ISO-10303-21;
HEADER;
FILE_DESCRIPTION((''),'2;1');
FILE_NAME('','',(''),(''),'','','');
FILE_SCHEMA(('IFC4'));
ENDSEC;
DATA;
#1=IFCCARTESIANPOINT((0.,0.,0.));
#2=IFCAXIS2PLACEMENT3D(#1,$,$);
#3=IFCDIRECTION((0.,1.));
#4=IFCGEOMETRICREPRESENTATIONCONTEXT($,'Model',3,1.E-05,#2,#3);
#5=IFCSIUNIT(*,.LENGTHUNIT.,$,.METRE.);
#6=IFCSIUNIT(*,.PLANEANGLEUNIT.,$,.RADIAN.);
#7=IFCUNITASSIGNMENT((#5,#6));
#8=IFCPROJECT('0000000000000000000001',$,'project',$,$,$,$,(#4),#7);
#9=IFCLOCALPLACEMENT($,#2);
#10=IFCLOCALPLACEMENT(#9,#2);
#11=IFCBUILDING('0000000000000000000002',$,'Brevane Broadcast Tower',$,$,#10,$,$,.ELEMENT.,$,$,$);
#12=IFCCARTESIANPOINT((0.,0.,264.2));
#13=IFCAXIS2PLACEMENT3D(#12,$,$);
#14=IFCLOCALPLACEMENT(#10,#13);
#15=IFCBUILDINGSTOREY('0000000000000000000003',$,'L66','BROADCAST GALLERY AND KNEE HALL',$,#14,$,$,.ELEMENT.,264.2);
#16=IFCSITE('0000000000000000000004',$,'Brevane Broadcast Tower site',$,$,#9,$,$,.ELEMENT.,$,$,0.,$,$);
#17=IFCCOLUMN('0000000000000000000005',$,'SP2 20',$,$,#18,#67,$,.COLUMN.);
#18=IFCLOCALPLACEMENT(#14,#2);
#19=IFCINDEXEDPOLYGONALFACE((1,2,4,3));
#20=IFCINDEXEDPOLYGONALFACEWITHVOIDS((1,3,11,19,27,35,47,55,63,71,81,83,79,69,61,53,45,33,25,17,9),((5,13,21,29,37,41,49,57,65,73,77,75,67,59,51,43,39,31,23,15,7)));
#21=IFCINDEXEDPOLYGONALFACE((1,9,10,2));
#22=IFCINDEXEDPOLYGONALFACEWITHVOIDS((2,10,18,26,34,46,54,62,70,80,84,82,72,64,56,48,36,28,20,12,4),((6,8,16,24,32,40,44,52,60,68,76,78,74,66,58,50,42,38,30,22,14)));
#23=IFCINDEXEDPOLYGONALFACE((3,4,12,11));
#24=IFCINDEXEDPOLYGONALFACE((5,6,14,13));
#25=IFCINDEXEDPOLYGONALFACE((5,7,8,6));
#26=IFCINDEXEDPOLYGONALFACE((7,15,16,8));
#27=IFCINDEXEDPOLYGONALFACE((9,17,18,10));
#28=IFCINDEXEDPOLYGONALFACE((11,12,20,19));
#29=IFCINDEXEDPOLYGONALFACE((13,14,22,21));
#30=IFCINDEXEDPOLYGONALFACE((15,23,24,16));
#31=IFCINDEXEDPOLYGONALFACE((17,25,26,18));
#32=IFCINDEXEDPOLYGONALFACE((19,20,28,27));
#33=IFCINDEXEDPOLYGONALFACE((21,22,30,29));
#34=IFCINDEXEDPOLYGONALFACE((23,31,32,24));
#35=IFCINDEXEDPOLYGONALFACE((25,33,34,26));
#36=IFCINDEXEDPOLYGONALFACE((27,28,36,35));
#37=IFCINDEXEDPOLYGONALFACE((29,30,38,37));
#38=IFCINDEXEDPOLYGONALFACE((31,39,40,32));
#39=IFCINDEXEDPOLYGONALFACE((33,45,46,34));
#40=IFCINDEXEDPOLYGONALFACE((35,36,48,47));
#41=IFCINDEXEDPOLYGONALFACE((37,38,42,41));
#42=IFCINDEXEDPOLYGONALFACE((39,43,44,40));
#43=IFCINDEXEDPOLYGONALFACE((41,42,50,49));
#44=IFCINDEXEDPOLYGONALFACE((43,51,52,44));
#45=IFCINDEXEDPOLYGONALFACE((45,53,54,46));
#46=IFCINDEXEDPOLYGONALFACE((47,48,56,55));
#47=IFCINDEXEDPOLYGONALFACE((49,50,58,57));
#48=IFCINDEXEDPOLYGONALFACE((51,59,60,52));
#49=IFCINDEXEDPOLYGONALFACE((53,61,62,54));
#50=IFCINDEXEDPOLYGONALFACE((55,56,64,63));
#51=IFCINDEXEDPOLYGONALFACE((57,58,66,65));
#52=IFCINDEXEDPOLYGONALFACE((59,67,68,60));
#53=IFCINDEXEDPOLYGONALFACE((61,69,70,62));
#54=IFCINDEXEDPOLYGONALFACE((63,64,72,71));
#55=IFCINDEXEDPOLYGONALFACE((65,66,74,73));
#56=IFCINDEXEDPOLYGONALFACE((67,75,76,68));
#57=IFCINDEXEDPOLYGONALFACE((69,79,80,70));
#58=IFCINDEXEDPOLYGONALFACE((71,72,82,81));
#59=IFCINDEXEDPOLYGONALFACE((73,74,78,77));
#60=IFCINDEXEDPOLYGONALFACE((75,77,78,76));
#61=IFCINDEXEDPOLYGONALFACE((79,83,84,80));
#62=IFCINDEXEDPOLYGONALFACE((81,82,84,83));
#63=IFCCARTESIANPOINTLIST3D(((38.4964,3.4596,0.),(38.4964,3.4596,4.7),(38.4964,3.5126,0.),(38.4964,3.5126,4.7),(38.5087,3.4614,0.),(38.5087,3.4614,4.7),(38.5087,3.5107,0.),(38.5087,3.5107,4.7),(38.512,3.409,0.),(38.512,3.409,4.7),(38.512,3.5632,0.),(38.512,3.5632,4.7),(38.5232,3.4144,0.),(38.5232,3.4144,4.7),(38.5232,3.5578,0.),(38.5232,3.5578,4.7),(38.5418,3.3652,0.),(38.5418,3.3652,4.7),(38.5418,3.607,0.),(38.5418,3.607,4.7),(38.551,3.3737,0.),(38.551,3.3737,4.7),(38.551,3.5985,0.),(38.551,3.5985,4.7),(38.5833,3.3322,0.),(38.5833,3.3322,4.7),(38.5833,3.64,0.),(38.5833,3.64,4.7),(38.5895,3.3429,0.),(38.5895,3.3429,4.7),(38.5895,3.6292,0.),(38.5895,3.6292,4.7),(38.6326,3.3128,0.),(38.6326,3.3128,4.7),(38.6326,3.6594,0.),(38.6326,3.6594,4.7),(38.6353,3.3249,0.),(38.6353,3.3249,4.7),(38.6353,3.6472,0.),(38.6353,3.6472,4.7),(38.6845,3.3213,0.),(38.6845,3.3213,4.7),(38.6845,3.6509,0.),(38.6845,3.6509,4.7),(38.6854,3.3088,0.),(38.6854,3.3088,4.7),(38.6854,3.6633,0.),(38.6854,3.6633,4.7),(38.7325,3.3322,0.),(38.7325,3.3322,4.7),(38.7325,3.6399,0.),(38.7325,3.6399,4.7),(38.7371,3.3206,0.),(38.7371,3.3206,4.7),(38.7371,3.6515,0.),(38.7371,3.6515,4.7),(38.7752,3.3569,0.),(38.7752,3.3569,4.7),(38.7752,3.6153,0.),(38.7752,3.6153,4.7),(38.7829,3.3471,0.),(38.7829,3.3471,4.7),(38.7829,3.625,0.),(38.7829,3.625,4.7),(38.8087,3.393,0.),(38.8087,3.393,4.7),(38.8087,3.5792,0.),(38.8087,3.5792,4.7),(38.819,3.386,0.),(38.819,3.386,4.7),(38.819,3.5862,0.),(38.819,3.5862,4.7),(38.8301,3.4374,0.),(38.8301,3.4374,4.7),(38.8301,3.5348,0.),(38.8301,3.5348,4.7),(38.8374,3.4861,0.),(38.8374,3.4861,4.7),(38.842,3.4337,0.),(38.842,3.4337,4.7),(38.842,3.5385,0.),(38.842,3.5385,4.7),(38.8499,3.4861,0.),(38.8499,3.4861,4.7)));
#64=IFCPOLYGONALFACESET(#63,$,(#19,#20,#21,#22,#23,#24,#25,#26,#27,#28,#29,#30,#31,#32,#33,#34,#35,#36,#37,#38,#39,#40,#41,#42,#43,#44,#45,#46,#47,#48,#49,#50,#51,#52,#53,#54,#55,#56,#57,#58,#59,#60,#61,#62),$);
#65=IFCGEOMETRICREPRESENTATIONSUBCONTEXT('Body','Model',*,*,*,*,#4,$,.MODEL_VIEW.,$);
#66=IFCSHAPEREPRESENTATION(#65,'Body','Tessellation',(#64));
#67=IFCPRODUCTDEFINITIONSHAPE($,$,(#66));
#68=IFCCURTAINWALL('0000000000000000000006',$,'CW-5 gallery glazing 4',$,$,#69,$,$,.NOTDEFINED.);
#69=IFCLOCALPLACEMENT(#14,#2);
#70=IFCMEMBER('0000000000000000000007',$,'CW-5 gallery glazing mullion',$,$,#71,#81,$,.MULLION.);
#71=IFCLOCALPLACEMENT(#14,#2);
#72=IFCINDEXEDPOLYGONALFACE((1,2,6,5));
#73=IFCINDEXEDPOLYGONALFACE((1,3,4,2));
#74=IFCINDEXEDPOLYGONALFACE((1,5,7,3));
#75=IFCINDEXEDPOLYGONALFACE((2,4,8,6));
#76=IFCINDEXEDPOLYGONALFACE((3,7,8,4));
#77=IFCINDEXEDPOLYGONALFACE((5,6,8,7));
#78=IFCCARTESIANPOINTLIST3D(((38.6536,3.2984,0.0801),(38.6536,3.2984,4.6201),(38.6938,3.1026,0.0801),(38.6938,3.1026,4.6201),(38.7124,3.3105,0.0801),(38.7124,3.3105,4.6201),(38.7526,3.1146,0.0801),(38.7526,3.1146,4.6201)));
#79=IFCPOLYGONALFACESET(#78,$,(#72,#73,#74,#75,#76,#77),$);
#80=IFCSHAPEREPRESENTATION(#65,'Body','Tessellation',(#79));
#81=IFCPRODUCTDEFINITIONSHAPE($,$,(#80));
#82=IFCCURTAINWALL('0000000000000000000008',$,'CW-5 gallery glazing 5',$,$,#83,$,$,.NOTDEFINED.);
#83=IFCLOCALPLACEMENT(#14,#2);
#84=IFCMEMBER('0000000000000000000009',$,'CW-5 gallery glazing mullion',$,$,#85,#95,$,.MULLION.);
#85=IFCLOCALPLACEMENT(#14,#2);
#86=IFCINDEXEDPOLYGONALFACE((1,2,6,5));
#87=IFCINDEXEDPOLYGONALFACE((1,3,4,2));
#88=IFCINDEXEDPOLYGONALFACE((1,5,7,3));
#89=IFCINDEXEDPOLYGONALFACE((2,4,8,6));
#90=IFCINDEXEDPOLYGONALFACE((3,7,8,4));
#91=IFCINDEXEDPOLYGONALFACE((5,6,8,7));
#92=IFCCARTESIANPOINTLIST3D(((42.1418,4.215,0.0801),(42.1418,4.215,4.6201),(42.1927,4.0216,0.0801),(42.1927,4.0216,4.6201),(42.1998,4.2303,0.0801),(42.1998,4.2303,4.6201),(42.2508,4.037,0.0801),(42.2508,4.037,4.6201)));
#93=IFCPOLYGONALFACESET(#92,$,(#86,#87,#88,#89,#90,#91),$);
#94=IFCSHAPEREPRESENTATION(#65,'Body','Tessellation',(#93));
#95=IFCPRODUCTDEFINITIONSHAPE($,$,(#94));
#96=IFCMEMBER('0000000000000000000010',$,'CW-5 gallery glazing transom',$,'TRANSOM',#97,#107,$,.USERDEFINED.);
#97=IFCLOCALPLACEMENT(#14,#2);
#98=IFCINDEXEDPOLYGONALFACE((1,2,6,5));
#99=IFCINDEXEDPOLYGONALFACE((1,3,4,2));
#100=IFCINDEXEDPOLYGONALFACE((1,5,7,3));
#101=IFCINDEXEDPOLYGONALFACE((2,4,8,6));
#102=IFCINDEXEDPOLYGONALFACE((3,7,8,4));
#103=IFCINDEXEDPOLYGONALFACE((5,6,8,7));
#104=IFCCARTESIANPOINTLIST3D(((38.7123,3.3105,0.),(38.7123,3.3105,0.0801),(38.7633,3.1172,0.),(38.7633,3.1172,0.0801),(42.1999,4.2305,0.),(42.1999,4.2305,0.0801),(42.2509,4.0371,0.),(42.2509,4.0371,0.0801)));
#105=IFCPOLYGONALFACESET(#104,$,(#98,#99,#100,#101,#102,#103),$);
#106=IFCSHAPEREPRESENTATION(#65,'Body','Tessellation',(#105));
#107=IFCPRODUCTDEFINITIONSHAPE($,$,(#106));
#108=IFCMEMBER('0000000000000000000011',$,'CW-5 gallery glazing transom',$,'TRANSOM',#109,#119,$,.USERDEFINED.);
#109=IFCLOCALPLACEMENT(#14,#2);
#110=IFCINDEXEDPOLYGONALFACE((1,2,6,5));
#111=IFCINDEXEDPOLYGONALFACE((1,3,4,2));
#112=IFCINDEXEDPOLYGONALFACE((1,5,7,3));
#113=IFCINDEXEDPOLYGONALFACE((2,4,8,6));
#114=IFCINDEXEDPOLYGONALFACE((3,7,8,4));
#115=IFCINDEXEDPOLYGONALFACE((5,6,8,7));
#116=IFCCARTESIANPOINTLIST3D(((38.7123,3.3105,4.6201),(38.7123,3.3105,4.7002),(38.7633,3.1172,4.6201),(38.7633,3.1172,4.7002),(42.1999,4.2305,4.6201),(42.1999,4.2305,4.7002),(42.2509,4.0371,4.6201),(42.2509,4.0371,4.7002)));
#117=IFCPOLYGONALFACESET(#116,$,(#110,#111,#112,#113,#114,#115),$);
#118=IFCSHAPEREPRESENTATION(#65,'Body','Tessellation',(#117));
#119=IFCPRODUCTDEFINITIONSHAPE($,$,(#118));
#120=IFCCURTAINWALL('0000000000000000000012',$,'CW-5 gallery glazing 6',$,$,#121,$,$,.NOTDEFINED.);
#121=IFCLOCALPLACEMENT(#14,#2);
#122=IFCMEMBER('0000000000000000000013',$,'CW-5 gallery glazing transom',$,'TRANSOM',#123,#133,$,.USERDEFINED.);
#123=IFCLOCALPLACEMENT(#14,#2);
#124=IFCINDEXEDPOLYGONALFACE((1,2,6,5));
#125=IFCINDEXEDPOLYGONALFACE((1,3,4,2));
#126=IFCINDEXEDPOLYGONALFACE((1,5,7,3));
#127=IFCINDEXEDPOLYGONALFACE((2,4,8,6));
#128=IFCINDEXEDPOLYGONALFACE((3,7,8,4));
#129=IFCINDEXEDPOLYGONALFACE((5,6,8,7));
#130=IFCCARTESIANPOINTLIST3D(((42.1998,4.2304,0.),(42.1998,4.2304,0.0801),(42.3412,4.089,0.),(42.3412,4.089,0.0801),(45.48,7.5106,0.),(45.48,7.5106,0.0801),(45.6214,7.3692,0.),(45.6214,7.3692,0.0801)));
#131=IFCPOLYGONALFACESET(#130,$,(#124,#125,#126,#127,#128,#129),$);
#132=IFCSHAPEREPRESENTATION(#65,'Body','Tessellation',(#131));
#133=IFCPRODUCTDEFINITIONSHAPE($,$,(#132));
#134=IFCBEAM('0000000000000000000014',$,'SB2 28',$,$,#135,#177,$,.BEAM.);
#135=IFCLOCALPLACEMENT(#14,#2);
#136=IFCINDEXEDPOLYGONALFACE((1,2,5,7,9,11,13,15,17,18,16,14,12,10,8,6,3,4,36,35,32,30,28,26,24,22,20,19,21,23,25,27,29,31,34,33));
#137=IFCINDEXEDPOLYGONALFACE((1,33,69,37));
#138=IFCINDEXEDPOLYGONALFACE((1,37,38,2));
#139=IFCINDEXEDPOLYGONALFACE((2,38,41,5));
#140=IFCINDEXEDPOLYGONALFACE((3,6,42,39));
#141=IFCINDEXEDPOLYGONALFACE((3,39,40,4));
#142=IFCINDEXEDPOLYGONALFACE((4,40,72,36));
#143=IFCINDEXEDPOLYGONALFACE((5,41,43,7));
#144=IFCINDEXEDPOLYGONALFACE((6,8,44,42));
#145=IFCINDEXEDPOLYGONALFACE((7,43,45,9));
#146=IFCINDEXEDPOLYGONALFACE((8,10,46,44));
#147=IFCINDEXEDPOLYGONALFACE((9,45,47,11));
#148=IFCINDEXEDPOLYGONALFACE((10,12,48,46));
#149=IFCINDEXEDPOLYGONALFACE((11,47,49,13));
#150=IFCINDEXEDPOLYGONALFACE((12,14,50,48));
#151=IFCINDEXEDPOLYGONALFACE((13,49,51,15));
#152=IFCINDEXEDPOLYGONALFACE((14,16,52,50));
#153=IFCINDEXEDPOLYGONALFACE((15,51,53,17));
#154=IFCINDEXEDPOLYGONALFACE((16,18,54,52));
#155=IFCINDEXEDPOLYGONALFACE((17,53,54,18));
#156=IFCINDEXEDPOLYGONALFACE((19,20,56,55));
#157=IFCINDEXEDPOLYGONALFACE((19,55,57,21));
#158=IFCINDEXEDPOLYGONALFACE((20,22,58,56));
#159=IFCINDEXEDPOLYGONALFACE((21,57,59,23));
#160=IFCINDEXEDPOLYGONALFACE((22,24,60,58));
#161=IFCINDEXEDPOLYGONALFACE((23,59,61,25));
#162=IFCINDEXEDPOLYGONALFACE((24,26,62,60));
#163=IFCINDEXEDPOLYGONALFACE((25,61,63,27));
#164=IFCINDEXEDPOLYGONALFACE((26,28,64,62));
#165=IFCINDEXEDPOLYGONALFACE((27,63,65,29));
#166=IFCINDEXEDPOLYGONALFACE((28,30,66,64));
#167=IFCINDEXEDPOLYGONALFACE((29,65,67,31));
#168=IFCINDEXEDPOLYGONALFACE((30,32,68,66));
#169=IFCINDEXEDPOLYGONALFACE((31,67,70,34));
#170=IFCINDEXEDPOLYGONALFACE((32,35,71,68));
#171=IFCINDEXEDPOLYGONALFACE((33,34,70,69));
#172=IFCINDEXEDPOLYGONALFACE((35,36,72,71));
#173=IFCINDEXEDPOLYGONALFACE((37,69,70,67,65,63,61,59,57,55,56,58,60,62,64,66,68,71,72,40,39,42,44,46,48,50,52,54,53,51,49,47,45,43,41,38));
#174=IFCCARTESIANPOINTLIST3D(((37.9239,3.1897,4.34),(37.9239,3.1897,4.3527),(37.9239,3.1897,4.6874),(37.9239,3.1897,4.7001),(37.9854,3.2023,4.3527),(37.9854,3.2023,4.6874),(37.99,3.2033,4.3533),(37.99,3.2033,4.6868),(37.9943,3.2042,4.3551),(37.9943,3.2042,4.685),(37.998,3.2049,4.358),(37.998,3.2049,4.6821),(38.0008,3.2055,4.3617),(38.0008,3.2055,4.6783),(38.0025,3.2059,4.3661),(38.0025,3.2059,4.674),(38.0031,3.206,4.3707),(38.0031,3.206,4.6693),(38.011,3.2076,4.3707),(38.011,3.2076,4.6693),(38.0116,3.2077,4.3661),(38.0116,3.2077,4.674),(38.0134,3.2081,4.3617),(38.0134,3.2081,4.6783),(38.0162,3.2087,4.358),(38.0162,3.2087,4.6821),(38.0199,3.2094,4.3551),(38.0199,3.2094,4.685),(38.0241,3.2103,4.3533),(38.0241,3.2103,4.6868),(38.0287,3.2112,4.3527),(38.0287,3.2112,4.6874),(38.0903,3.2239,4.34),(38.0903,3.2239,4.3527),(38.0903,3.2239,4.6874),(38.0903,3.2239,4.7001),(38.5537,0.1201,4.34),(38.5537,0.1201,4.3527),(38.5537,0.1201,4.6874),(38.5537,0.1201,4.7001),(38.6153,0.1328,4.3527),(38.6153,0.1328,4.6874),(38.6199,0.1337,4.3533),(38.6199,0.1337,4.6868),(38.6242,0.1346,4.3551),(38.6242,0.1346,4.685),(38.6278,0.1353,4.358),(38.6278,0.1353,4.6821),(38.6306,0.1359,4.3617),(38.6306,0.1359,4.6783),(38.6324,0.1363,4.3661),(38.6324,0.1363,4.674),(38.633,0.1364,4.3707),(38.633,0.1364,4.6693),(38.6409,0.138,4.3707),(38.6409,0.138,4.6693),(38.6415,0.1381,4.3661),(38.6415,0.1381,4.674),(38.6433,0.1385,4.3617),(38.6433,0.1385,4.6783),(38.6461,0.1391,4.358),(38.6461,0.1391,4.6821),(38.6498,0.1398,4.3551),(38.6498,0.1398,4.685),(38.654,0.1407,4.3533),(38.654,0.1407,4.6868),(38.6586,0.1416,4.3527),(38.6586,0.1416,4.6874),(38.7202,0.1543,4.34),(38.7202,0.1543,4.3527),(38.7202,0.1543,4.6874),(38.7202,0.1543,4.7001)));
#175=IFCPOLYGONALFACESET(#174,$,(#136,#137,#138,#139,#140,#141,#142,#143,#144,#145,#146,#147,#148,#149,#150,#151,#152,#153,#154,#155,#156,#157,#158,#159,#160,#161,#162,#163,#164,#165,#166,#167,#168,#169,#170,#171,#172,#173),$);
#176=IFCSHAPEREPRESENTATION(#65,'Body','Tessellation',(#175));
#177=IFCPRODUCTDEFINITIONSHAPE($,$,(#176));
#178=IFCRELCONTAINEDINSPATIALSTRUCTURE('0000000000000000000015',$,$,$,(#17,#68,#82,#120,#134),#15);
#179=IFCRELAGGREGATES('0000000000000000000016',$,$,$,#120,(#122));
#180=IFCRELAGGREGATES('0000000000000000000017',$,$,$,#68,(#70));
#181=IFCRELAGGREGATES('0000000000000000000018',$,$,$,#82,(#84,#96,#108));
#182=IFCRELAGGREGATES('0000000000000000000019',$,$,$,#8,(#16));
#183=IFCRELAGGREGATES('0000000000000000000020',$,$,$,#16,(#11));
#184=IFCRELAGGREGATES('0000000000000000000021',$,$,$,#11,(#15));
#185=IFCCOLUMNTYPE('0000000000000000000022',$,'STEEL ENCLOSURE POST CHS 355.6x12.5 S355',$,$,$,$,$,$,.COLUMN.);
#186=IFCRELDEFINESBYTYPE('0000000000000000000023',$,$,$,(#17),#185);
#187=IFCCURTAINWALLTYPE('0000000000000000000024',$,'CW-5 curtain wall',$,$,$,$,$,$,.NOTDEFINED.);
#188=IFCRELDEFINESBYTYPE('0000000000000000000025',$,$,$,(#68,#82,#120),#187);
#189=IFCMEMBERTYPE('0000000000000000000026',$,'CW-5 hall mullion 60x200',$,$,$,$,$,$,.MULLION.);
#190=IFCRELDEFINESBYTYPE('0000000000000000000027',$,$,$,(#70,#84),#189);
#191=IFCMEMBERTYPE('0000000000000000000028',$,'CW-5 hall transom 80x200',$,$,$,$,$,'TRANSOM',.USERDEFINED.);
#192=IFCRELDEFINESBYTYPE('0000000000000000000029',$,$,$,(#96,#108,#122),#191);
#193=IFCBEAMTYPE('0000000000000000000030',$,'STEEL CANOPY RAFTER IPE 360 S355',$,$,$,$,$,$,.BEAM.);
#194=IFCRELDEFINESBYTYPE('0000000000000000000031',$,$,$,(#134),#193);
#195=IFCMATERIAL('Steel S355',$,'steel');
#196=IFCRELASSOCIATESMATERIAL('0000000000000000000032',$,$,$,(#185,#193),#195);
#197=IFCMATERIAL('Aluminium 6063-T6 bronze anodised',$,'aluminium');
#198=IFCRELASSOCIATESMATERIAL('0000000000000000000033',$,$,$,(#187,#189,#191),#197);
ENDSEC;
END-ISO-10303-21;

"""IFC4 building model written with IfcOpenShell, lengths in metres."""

from ifc_helpers import new_model, si_unit, direction, frame, origin, origin_2d, place, context, subcontext, project, spatial, rectangle, hollow_circle, i_section, extrude, material, material_profile, profile_set, type_object, element, aggregate, save


model = new_model("IFC4")

# Units and contexts
model_context = context("Model", 3, precision=1e-05, world=origin(), true_north=direction((0.0, 1.0)))
body_context = subcontext(model_context, "Body", "Model", "MODEL_VIEW")
ifc_project = project(units=[si_unit("LENGTHUNIT", "METRE"), si_unit("PLANEANGLEUNIT", "RADIAN")], contexts=[model_context])

# Site, building, storey
site_placement = place(None, origin())
site = spatial("IfcSite", under=ifc_project, at=site_placement, Name="Brevane Broadcast Tower site", CompositionType="ELEMENT", RefElevation=0.0)
building_placement = place(site_placement, origin())
building = spatial("IfcBuilding", under=site, at=building_placement, Name="Brevane Broadcast Tower", CompositionType="ELEMENT")
storey_placement = place(building_placement, frame((0.0, 0.0, 264.2)))
storey = spatial("IfcBuildingStorey", under=building, at=storey_placement, Name="L66", Description="BROADCAST GALLERY AND KNEE HALL", CompositionType="ELEMENT", Elevation=264.2)

# Column
ifc_material_1 = material(Name="Steel S355", Category="steel")
ifc_material_profile_1 = material_profile(ifc_material_1, hollow_circle(Radius=0.1777, WallThickness=0.0125, at=origin_2d()), Name="CHS 355.6x12.5")
ifc_profile_set_1 = profile_set([ifc_material_profile_1], Name="Steel S355")
column_type = type_object("IfcColumnType", Name="STEEL ENCLOSURE POST CHS 355.6x12.5 S355", PredefinedType="COLUMN", material=ifc_profile_set_1)
column_placement = place(storey_placement, frame((38.6721, 3.4861, 0.0), z_axis=(0.0, 0.0, 1.0), x_axis=(1.0, 0.0, 0.0)))
element("IfcColumn", 1, at=column_placement, inside=storey, type_object=column_type, Name="SP2 20", PredefinedType="COLUMN", context=body_context, shape_type="SweptSolid", body=[
    extrude(hollow_circle(Radius=0.1777, WallThickness=0.0125, at=origin_2d()), origin(), (0.0, 0.0, 1.0), 4.7),
])

# Curtain wall, member
ifc_material_2 = material(Name="Aluminium 6063-T6 bronze anodised", Category="aluminium")
curtain_wall_type = type_object("IfcCurtainWallType", Name="CW-5 curtain wall", PredefinedType="NOTDEFINED", material=ifc_material_2)
curtain_wall_1_placement = place(storey_placement, origin())
curtain_wall_1 = element("IfcCurtainWall", 2, at=curtain_wall_1_placement, inside=storey, type_object=curtain_wall_type, Name="CW-5 gallery glazing 4", PredefinedType="NOTDEFINED")
ifc_material_profile_2 = material_profile(ifc_material_2, rectangle(XDim=0.2, YDim=0.0601, at=origin_2d()), Name="RECT 60x200")
ifc_profile_set_2 = profile_set([ifc_material_profile_2], Name="Aluminium 6063-T6 bronze anodised")
member_type_1 = type_object("IfcMemberType", Name="CW-5 hall mullion 60x200", PredefinedType="MULLION", material=ifc_profile_set_2)
member_1_placement = place(storey_placement, frame((38.7031, 3.2065, 0.0801), z_axis=(0.0, 0.0, 1.0), x_axis=(-0.201014, 0.979588, 0.0)))
member_1 = element("IfcMember", 3, at=member_1_placement, type_object=member_type_1, Name="CW-5 gallery glazing mullion", PredefinedType="MULLION", context=body_context, shape_type="SweptSolid", body=[
    extrude(rectangle(XDim=0.2, YDim=0.0601, at=origin_2d()), origin(), (0.0, 0.0, 1.0), 4.54),
])

# Curtain wall, members
curtain_wall_2_placement = place(storey_placement, origin())
curtain_wall_2 = element("IfcCurtainWall", 4, at=curtain_wall_2_placement, inside=storey, type_object=curtain_wall_type, Name="CW-5 gallery glazing 5", PredefinedType="NOTDEFINED")
member_2_placement = place(storey_placement, frame((42.1963, 4.126, 0.0801), z_axis=(0.0, 0.0, 1.0), x_axis=(-0.255031, 0.966933, 0.0)))
member_2 = element("IfcMember", 5, at=member_2_placement, type_object=member_type_1, Name="CW-5 gallery glazing mullion", PredefinedType="MULLION", context=body_context, shape_type="SweptSolid", body=[
    extrude(rectangle(XDim=0.2, YDim=0.0601, at=origin_2d()), origin(), (0.0, 0.0, 1.0), 4.54),
])
ifc_material_profile_3 = material_profile(ifc_material_2, rectangle(XDim=0.2, YDim=0.0801, at=origin_2d()), Name="RECT 80x200")
ifc_profile_set_3 = profile_set([ifc_material_profile_3], Name="Aluminium 6063-T6 bronze anodised")
member_type_2 = type_object("IfcMemberType", Name="CW-5 hall transom 80x200", ElementType="TRANSOM", PredefinedType="USERDEFINED", material=ifc_profile_set_3)
member_3_placement = place(storey_placement, frame((38.7378, 3.2139, 0.04), z_axis=(0.966928, 0.25505, 0.0), x_axis=(-0.25505, 0.966928, 0.0)))
member_3 = element("IfcMember", 6, at=member_3_placement, type_object=member_type_2, Name="CW-5 gallery glazing transom", ObjectType="TRANSOM", PredefinedType="USERDEFINED", context=body_context, shape_type="SweptSolid", body=[
    extrude(rectangle(XDim=0.2, YDim=0.0801, at=origin_2d()), origin(), (0.0, 0.0, 1.0), 3.6069),
])
member_4_placement = place(storey_placement, frame((38.7378, 3.2139, 4.6602), z_axis=(0.966928, 0.25505, 0.0), x_axis=(-0.25505, 0.966928, 0.0)))
member_4 = element("IfcMember", 7, at=member_4_placement, type_object=member_type_2, Name="CW-5 gallery glazing transom", ObjectType="TRANSOM", PredefinedType="USERDEFINED", context=body_context, shape_type="SweptSolid", body=[
    extrude(rectangle(XDim=0.2, YDim=0.0801, at=origin_2d()), origin(), (0.0, 0.0, 1.0), 3.6069),
])

# Curtain wall, member
curtain_wall_3_placement = place(storey_placement, origin())
curtain_wall_3 = element("IfcCurtainWall", 8, at=curtain_wall_3_placement, inside=storey, type_object=curtain_wall_type, Name="CW-5 gallery glazing 6", PredefinedType="NOTDEFINED")
member_5_placement = place(storey_placement, frame((42.2705, 4.1597, 0.04), z_axis=(0.707107, 0.707107, 0.0), x_axis=(-0.707107, 0.707107, 0.0)))
member_5 = element("IfcMember", 9, at=member_5_placement, type_object=member_type_2, Name="CW-5 gallery glazing transom", ObjectType="TRANSOM", PredefinedType="USERDEFINED", context=body_context, shape_type="SweptSolid", body=[
    extrude(rectangle(XDim=0.2, YDim=0.0801, at=origin_2d()), origin(), (0.0, 0.0, 1.0), 4.6389),
])
aggregate(curtain_wall_3, [member_5])

# Beam
ifc_material_profile_4 = material_profile(ifc_material_1, i_section(OverallWidth=0.1699, OverallDepth=0.3601, WebThickness=0.0081, FlangeThickness=0.0127, FilletRadius=0.0181, at=origin_2d()), Name="IPE 360")
ifc_profile_set_4 = profile_set([ifc_material_profile_4], Name="Steel S355")
beam_type_1 = type_object("IfcBeamType", Name="STEEL CANOPY RAFTER IPE 360 S355", PredefinedType="BEAM", material=ifc_profile_set_4)
beam_1_placement = place(storey_placement, frame((38.0071, 3.2068, 4.52), z_axis=(0.201013, -0.979589, 0.0), x_axis=(0.979589, 0.201013, 0.0)))
element("IfcBeam", 10, at=beam_1_placement, inside=storey, type_object=beam_type_1, Name="SB2 28", PredefinedType="BEAM", context=body_context, shape_type="SweptSolid", body=[
    extrude(i_section(OverallWidth=0.1699, OverallDepth=0.3601, WebThickness=0.0081, FlangeThickness=0.0127, FilletRadius=0.0181, at=origin_2d()), origin(), (0.0, 0.0, 1.0), 3.1335),
])

aggregate(curtain_wall_1, [member_1])
aggregate(curtain_wall_2, [member_2, member_3, member_4])

save(model, "model.ifc")
